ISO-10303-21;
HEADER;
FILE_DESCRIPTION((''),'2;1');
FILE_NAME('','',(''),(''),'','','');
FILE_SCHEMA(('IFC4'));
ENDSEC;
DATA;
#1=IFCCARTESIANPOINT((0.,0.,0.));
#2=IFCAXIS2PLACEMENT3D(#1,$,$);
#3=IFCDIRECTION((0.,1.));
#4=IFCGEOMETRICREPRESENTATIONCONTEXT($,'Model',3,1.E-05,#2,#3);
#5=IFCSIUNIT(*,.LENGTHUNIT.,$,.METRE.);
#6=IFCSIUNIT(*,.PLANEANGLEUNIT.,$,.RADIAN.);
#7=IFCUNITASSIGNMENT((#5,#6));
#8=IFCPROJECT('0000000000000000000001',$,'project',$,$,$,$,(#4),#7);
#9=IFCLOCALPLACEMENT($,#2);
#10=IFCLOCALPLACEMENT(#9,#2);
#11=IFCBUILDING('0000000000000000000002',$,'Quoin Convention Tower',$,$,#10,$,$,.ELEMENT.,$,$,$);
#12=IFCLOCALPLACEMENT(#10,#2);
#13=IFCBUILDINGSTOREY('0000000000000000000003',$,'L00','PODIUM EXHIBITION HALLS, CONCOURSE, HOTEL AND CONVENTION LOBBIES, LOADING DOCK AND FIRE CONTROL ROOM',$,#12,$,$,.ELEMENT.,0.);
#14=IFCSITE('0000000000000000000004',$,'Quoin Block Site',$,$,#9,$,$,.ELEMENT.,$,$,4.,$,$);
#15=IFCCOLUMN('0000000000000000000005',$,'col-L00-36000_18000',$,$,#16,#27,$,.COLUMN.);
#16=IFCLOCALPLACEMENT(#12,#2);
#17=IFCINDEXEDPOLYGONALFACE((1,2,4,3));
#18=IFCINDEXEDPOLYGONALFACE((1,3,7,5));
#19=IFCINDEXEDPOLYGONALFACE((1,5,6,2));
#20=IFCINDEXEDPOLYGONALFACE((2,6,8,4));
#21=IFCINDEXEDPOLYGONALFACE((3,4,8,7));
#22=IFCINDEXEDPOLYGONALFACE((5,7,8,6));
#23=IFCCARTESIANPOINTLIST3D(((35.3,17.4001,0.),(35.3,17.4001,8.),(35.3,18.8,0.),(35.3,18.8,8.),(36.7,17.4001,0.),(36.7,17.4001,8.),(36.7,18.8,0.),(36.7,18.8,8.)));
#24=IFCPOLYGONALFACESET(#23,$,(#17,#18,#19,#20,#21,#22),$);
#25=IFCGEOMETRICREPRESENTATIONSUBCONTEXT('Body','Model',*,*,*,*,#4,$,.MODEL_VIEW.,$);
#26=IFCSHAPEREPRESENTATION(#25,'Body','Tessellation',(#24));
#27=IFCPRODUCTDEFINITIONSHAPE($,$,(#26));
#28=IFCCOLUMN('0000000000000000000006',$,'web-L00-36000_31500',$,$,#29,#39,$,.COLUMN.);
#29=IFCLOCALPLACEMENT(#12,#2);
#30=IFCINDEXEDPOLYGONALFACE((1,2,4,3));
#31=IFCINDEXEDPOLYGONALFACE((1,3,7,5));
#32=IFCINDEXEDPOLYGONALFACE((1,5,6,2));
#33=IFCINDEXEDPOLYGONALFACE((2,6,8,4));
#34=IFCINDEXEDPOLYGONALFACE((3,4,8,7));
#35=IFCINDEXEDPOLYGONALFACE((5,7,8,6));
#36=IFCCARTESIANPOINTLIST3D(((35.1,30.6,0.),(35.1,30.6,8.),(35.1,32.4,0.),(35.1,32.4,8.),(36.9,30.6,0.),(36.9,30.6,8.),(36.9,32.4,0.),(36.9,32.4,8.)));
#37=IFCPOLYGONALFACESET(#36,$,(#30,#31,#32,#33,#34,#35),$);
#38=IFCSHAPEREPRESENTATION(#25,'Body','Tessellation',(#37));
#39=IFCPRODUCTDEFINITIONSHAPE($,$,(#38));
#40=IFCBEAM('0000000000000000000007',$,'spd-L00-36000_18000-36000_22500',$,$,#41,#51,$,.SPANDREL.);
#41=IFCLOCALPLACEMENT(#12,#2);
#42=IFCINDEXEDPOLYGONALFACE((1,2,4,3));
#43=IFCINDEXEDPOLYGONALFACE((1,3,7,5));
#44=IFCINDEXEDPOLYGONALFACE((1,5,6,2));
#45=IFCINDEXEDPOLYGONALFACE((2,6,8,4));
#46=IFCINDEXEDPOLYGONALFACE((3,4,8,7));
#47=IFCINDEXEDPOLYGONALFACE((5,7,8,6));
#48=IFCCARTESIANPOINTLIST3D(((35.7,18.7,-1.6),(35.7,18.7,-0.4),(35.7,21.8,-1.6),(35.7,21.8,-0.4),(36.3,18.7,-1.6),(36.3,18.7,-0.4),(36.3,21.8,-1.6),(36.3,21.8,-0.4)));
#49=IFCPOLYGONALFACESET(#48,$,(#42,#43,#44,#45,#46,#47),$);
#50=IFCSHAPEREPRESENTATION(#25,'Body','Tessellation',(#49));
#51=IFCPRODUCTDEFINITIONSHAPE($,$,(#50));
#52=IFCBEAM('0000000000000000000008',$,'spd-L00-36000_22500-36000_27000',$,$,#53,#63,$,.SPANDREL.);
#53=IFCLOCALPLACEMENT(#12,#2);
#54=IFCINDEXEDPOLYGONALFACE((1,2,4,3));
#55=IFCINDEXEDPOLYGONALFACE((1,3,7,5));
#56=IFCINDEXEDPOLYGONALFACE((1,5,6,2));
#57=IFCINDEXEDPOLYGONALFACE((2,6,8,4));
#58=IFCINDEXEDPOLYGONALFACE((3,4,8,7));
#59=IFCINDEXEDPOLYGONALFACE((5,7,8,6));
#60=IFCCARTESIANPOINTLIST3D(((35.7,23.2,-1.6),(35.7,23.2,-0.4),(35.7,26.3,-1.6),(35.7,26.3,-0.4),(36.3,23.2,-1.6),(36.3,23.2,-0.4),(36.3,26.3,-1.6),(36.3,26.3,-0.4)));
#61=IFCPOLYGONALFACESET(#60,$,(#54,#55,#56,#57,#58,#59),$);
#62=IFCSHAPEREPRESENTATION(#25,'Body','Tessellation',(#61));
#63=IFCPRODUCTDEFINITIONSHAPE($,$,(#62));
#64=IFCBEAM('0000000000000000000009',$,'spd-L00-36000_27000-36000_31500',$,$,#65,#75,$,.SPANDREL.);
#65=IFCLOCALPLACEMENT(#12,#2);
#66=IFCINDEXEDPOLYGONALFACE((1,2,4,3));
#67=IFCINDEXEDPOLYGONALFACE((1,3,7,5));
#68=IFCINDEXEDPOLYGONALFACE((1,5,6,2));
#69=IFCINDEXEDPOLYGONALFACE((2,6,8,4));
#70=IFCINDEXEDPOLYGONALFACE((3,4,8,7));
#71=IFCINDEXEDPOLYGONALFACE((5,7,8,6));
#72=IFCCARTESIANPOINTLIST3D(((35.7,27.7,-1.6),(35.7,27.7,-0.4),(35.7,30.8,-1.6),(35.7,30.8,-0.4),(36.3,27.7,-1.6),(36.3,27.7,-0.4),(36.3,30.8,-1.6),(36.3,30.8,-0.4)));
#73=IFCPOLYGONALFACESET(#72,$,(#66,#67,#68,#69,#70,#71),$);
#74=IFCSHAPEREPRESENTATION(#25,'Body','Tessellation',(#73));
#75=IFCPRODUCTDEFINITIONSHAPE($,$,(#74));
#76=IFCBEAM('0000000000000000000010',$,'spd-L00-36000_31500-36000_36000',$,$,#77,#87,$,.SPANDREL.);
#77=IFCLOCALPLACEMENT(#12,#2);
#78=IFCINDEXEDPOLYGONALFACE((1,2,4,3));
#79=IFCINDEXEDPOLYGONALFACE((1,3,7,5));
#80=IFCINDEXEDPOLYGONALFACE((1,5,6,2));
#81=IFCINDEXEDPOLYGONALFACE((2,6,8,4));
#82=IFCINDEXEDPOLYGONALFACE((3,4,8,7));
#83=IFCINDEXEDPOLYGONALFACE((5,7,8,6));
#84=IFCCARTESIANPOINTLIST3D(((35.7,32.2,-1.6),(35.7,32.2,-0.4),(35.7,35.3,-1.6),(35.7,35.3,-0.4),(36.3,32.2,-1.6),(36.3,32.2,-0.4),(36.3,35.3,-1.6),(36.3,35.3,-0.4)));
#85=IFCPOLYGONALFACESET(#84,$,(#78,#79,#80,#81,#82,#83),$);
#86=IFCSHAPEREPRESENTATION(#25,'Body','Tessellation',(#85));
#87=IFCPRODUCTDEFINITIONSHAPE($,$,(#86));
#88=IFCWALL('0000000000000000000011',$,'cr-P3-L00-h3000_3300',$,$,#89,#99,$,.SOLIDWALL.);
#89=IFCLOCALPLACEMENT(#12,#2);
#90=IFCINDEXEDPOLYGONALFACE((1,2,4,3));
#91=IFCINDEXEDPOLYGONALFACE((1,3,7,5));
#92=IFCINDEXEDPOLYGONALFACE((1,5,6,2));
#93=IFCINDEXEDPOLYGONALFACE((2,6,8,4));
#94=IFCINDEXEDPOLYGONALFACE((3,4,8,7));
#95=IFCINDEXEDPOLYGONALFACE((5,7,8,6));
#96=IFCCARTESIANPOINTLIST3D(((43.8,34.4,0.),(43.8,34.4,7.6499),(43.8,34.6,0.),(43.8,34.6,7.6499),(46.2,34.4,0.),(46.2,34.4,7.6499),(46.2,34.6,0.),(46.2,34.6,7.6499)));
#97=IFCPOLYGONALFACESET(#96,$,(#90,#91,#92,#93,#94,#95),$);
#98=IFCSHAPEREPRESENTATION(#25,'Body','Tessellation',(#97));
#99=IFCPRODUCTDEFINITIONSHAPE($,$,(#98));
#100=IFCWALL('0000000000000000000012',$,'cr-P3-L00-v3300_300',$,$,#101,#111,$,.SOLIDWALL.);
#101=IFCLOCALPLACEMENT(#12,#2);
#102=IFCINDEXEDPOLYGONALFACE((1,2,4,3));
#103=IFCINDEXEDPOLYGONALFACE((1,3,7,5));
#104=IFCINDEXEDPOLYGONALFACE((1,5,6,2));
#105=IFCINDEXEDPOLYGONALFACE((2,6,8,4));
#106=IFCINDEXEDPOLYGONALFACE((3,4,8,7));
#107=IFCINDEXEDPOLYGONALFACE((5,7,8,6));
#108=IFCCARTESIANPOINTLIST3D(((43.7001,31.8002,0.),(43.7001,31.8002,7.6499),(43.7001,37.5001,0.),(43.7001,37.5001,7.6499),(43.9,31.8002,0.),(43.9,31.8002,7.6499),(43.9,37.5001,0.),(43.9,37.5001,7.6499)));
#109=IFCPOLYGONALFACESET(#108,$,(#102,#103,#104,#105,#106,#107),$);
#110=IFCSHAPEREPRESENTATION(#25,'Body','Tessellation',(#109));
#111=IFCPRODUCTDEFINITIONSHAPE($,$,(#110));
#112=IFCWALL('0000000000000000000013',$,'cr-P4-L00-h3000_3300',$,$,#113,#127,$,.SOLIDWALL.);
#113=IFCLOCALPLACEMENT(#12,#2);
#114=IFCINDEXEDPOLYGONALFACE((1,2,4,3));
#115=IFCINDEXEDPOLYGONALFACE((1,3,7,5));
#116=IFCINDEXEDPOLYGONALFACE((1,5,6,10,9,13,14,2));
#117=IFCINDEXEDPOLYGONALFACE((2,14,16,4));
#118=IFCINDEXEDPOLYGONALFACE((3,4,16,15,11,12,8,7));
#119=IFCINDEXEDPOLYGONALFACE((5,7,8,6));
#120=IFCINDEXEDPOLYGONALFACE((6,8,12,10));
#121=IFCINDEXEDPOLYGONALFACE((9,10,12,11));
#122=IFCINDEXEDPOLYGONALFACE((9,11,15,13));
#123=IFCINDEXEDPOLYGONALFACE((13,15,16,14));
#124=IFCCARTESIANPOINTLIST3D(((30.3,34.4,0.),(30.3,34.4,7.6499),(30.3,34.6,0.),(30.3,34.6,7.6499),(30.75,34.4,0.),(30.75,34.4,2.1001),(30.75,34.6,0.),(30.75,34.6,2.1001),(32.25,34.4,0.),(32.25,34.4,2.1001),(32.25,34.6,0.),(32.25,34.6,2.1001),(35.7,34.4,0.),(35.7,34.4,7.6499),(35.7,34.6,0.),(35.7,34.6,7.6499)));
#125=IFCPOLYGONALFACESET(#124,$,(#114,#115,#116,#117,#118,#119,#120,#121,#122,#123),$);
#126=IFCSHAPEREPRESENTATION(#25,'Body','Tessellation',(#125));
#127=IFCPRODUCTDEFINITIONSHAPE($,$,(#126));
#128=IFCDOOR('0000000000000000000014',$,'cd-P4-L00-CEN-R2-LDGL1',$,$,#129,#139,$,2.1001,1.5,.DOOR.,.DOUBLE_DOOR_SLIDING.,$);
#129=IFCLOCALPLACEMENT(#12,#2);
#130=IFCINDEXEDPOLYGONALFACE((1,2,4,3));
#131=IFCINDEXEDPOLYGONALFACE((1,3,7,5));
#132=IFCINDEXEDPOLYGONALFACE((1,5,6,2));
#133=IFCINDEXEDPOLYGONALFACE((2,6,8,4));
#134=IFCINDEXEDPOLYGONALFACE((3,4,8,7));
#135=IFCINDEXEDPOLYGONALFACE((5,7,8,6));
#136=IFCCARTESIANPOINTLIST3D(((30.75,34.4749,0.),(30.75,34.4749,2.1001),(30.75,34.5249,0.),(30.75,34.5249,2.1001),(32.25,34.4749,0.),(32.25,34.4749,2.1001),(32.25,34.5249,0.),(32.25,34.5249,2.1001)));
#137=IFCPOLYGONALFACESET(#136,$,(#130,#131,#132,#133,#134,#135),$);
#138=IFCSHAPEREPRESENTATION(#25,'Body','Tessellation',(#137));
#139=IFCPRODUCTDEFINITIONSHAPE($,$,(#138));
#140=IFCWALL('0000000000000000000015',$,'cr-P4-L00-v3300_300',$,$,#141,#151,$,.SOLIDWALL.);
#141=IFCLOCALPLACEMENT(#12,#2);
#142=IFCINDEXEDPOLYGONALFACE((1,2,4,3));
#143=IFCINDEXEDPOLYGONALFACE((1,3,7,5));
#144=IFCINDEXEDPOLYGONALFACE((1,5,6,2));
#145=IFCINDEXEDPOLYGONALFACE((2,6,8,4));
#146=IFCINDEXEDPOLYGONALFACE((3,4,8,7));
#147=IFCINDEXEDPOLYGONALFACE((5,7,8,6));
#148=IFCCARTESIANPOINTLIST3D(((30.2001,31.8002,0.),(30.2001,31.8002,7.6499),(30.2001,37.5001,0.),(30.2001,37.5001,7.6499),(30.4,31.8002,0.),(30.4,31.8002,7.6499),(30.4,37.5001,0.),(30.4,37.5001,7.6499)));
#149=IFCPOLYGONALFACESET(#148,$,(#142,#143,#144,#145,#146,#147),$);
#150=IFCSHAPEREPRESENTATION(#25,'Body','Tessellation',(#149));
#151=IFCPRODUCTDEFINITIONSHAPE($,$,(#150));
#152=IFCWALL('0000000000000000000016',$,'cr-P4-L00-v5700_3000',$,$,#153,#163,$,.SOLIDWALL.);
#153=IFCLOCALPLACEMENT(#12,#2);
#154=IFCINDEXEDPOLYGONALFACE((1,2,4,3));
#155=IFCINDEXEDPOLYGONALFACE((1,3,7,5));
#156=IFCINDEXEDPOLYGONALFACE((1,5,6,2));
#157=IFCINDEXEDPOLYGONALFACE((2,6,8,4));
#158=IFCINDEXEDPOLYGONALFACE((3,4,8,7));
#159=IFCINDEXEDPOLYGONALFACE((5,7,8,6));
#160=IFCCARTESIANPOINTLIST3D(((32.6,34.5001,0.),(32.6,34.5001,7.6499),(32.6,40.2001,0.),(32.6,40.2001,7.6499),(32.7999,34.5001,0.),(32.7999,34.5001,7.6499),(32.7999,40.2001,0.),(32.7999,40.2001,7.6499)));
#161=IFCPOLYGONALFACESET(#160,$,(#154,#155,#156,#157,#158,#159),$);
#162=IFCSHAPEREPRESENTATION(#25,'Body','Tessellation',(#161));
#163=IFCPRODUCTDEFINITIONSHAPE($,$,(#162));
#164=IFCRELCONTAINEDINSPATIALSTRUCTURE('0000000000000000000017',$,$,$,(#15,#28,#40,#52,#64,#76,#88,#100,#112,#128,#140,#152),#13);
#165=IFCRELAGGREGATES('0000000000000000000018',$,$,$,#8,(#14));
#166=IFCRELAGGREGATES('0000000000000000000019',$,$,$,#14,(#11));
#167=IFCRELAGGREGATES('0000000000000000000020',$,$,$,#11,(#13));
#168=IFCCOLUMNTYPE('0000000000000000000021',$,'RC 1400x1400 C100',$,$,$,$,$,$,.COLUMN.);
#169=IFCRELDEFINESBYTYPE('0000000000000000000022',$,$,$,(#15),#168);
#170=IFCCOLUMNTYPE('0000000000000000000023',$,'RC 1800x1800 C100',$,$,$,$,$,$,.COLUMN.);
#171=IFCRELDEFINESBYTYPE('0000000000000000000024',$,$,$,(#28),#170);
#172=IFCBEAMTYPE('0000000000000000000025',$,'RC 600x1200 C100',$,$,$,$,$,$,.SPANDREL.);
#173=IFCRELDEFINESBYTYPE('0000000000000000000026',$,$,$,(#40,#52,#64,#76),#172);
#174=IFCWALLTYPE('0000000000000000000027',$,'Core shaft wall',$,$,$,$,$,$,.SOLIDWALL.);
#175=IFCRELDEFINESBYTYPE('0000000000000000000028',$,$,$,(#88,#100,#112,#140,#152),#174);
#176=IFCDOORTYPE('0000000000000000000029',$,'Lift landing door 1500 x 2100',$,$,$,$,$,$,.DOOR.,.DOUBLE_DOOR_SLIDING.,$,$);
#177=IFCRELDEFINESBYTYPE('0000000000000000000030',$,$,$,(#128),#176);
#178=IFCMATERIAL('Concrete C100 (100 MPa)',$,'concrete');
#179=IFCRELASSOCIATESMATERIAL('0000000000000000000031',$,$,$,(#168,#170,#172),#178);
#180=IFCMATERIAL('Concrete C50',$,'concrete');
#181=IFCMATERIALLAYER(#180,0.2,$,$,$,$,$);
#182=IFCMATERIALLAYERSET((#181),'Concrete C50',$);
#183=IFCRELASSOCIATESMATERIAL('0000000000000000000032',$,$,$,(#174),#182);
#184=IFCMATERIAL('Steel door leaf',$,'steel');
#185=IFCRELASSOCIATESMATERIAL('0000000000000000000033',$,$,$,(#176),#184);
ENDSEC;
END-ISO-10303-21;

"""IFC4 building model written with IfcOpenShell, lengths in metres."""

from ifc_helpers import new_model, si_unit, direction, frame, frame_2d, origin, origin_2d, place, context, subcontext, project, spatial, rectangle, extrude, material, layer, layer_set, material_profile, profile_set, type_object, element, fill, save


model = new_model("IFC4")

# Units and contexts
model_context = context("Model", 3, precision=1e-05, world=origin(), true_north=direction((0.0, 1.0)))
body_context = subcontext(model_context, "Body", "Model", "MODEL_VIEW")
ifc_project = project(units=[si_unit("LENGTHUNIT", "METRE"), si_unit("PLANEANGLEUNIT", "RADIAN")], contexts=[model_context])

# Site, building, storey
site_placement = place(None, origin())
site = spatial("IfcSite", under=ifc_project, at=site_placement, Name="Quoin Block Site", CompositionType="ELEMENT", RefElevation=4.0)
building_placement = place(site_placement, origin())
building = spatial("IfcBuilding", under=site, at=building_placement, Name="Quoin Convention Tower", CompositionType="ELEMENT")
storey_placement = place(building_placement, origin())
storey = spatial("IfcBuildingStorey", under=building, at=storey_placement, Name="L00", Description="PODIUM EXHIBITION HALLS, CONCOURSE, HOTEL AND CONVENTION LOBBIES, LOADING DOCK AND FIRE CONTROL ROOM", CompositionType="ELEMENT", Elevation=0.0)

# Columns
ifc_material_1 = material(Name="Concrete C100 (100 MPa)", Category="concrete")
ifc_material_profile_1 = material_profile(ifc_material_1, rectangle(XDim=1.3999, YDim=1.3999, at=origin_2d()), Name="RC 1400x1400")
ifc_profile_set_1 = profile_set([ifc_material_profile_1], Name="Concrete C100 (100 MPa)")
column_type_1 = type_object("IfcColumnType", Name="RC 1400x1400 C100", PredefinedType="COLUMN", material=ifc_profile_set_1)
column_1_placement = place(storey_placement, frame((36.0, 18.1001, 0.0), z_axis=(0.0, 0.0, 1.0), x_axis=(1.0, 0.0, 0.0)))
element("IfcColumn", 1, at=column_1_placement, inside=storey, type_object=column_type_1, Name="col-L00-36000_18000", PredefinedType="COLUMN", context=body_context, shape_type="SweptSolid", body=[
    extrude(rectangle(XDim=1.3999, YDim=1.3999, at=origin_2d()), origin(), (0.0, 0.0, 1.0), 8.0),
])
ifc_material_profile_2 = material_profile(ifc_material_1, rectangle(XDim=1.8, YDim=1.8, at=origin_2d()), Name="RC 1800x1800")
ifc_profile_set_2 = profile_set([ifc_material_profile_2], Name="Concrete C100 (100 MPa)")
column_type_2 = type_object("IfcColumnType", Name="RC 1800x1800 C100", PredefinedType="COLUMN", material=ifc_profile_set_2)
column_2_placement = place(storey_placement, frame((36.0, 31.5, 0.0), z_axis=(0.0, 0.0, 1.0), x_axis=(1.0, 0.0, 0.0)))
element("IfcColumn", 2, at=column_2_placement, inside=storey, type_object=column_type_2, Name="web-L00-36000_31500", PredefinedType="COLUMN", context=body_context, shape_type="SweptSolid", body=[
    extrude(rectangle(XDim=1.8, YDim=1.8, at=origin_2d()), origin(), (0.0, 0.0, 1.0), 8.0),
])

# Beams
ifc_material_profile_3 = material_profile(ifc_material_1, rectangle(XDim=0.6001, YDim=1.2, at=origin_2d()), Name="RC 600x1200")
ifc_profile_set_3 = profile_set([ifc_material_profile_3], Name="Concrete C100 (100 MPa)")
beam_type = type_object("IfcBeamType", Name="RC 600x1200 C100", PredefinedType="SPANDREL", material=ifc_profile_set_3)
for number, where, z_axis, x_axis, name in (
    (3, (36.0, 18.7, -1.0), (0.0, 1.0, 0.0), (-1.0, 0.0, 0.0), "spd-L00-36000_18000-36000_22500"),
    (4, (36.0, 23.2, -1.0), (0.0, 1.0, 0.0), (-1.0, 0.0, 0.0), "spd-L00-36000_22500-36000_27000"),
    (5, (36.0, 27.7, -1.0), (0.0, 1.0, 0.0), (-1.0, 0.0, 0.0), "spd-L00-36000_27000-36000_31500"),
    (6, (36.0, 32.2, -1.0), (0.0, 1.0, 0.0), (-1.0, 0.0, 0.0), "spd-L00-36000_31500-36000_36000"),
):
    element("IfcBeam", number, at=place(storey_placement, frame(where, z_axis=z_axis, x_axis=x_axis)), inside=storey, type_object=beam_type, Name=name, PredefinedType="SPANDREL", context=body_context, shape_type="SweptSolid", body=[
        extrude(rectangle(XDim=0.6001, YDim=1.2, at=origin_2d()), origin(), (0.0, 0.0, 1.0), 3.1001),
    ])

# Walls
ifc_material_2 = material(Name="Concrete C50", Category="concrete")
ifc_layer_1 = layer(ifc_material_2, 0.2)
ifc_layer_set_1 = layer_set([ifc_layer_1], Name="Concrete C50")
wall_type_1 = type_object("IfcWallType", Name="Core shaft wall", PredefinedType="SOLIDWALL", material=ifc_layer_set_1)
wall_1_placement = place(storey_placement, frame((43.8, 34.5, 0.0), z_axis=(0.0, 0.0, 1.0), x_axis=(1.0, 0.0, 0.0)))
element("IfcWall", 7, at=wall_1_placement, inside=storey, type_object=wall_type_1, Name="cr-P3-L00-h3000_3300", PredefinedType="SOLIDWALL", context=body_context, shape_type="SweptSolid", body=[
    extrude(rectangle(XDim=2.3999, YDim=0.2, at=frame_2d((1.2, 0.0))), origin(), (0.0, 0.0, 1.0), 7.6499),
])
wall_2_placement = place(storey_placement, frame((43.8, 31.8, 0.0), z_axis=(0.0, 0.0, 1.0), x_axis=(0.0, 1.0, 0.0)))
element("IfcWall", 8, at=wall_2_placement, inside=storey, type_object=wall_type_1, Name="cr-P3-L00-v3300_300", PredefinedType="SOLIDWALL", context=body_context, shape_type="SweptSolid", body=[
    extrude(rectangle(XDim=5.7, YDim=0.2, at=frame_2d((2.8501, 0.0))), origin(), (0.0, 0.0, 1.0), 7.6499),
])

# Wall, opening, door
wall_3_placement = place(storey_placement, frame((30.3, 34.5, 0.0), z_axis=(0.0, 0.0, 1.0), x_axis=(1.0, 0.0, 0.0)))
wall_3 = element("IfcWall", 9, at=wall_3_placement, inside=storey, type_object=wall_type_1, Name="cr-P4-L00-h3000_3300", PredefinedType="SOLIDWALL", context=body_context, shape_type="SweptSolid", body=[
    extrude(rectangle(XDim=5.3999, YDim=0.2, at=frame_2d((2.7, 0.0))), origin(), (0.0, 0.0, 1.0), 7.6499),
])
opening_1_placement = place(wall_3_placement, frame((0.45, 0.0, 0.0)))
opening_1 = element("IfcOpeningElement", 10, at=opening_1_placement, cuts=wall_3, PredefinedType="OPENING", context=body_context, shape_type="SweptSolid", body=[
    extrude(rectangle(XDim=1.5, YDim=2.1001, at=frame_2d((0.75, 1.05))), frame((0.0, 0.1099, 0.0), z_axis=(0.0, -1.0, 0.0), x_axis=(1.0, 0.0, 0.0)), (0.0, 0.0, 1.0), 0.22),
])
ifc_material_3 = material(Name="Steel door leaf", Category="steel")
door_type_1 = type_object("IfcDoorType", Name="Lift landing door 1500 x 2100", OperationType="DOUBLE_DOOR_SLIDING", PredefinedType="DOOR", material=ifc_material_3)
door_1_placement = place(opening_1_placement, origin())
door_1 = element("IfcDoor", 11, at=door_1_placement, inside=storey, type_object=door_type_1, Name="cd-P4-L00-CEN-R2-LDGL1", OperationType="DOUBLE_DOOR_SLIDING", OverallHeight=2.1001, OverallWidth=1.5, PredefinedType="DOOR", context=body_context, shape_type="SweptSolid", body=[
    extrude(rectangle(XDim=1.5, YDim=2.1001, at=frame_2d((0.75, 1.05))), frame((0.0, 0.0249, 0.0), z_axis=(0.0, -1.0, 0.0), x_axis=(1.0, 0.0, 0.0)), (0.0, 0.0, 1.0), 0.05),
])
fill(opening_1, door_1)

# Walls
for number, where, z_axis, x_axis, name in (
    (12, (30.3, 31.8, 0.0), (0.0, 0.0, 1.0), (0.0, 1.0, 0.0), "cr-P4-L00-v3300_300"),
    (13, (32.7, 34.5, 0.0), (0.0, 0.0, 1.0), (0.0, 1.0, 0.0), "cr-P4-L00-v5700_3000"),
):
    element("IfcWall", number, at=place(storey_placement, frame(where, z_axis=z_axis, x_axis=x_axis)), inside=storey, type_object=wall_type_1, Name=name, PredefinedType="SOLIDWALL", context=body_context, shape_type="SweptSolid", body=[
        extrude(rectangle(XDim=5.7, YDim=0.2, at=frame_2d((2.8501, 0.0))), origin(), (0.0, 0.0, 1.0), 7.6499),
    ])

save(model, "model.ifc")
